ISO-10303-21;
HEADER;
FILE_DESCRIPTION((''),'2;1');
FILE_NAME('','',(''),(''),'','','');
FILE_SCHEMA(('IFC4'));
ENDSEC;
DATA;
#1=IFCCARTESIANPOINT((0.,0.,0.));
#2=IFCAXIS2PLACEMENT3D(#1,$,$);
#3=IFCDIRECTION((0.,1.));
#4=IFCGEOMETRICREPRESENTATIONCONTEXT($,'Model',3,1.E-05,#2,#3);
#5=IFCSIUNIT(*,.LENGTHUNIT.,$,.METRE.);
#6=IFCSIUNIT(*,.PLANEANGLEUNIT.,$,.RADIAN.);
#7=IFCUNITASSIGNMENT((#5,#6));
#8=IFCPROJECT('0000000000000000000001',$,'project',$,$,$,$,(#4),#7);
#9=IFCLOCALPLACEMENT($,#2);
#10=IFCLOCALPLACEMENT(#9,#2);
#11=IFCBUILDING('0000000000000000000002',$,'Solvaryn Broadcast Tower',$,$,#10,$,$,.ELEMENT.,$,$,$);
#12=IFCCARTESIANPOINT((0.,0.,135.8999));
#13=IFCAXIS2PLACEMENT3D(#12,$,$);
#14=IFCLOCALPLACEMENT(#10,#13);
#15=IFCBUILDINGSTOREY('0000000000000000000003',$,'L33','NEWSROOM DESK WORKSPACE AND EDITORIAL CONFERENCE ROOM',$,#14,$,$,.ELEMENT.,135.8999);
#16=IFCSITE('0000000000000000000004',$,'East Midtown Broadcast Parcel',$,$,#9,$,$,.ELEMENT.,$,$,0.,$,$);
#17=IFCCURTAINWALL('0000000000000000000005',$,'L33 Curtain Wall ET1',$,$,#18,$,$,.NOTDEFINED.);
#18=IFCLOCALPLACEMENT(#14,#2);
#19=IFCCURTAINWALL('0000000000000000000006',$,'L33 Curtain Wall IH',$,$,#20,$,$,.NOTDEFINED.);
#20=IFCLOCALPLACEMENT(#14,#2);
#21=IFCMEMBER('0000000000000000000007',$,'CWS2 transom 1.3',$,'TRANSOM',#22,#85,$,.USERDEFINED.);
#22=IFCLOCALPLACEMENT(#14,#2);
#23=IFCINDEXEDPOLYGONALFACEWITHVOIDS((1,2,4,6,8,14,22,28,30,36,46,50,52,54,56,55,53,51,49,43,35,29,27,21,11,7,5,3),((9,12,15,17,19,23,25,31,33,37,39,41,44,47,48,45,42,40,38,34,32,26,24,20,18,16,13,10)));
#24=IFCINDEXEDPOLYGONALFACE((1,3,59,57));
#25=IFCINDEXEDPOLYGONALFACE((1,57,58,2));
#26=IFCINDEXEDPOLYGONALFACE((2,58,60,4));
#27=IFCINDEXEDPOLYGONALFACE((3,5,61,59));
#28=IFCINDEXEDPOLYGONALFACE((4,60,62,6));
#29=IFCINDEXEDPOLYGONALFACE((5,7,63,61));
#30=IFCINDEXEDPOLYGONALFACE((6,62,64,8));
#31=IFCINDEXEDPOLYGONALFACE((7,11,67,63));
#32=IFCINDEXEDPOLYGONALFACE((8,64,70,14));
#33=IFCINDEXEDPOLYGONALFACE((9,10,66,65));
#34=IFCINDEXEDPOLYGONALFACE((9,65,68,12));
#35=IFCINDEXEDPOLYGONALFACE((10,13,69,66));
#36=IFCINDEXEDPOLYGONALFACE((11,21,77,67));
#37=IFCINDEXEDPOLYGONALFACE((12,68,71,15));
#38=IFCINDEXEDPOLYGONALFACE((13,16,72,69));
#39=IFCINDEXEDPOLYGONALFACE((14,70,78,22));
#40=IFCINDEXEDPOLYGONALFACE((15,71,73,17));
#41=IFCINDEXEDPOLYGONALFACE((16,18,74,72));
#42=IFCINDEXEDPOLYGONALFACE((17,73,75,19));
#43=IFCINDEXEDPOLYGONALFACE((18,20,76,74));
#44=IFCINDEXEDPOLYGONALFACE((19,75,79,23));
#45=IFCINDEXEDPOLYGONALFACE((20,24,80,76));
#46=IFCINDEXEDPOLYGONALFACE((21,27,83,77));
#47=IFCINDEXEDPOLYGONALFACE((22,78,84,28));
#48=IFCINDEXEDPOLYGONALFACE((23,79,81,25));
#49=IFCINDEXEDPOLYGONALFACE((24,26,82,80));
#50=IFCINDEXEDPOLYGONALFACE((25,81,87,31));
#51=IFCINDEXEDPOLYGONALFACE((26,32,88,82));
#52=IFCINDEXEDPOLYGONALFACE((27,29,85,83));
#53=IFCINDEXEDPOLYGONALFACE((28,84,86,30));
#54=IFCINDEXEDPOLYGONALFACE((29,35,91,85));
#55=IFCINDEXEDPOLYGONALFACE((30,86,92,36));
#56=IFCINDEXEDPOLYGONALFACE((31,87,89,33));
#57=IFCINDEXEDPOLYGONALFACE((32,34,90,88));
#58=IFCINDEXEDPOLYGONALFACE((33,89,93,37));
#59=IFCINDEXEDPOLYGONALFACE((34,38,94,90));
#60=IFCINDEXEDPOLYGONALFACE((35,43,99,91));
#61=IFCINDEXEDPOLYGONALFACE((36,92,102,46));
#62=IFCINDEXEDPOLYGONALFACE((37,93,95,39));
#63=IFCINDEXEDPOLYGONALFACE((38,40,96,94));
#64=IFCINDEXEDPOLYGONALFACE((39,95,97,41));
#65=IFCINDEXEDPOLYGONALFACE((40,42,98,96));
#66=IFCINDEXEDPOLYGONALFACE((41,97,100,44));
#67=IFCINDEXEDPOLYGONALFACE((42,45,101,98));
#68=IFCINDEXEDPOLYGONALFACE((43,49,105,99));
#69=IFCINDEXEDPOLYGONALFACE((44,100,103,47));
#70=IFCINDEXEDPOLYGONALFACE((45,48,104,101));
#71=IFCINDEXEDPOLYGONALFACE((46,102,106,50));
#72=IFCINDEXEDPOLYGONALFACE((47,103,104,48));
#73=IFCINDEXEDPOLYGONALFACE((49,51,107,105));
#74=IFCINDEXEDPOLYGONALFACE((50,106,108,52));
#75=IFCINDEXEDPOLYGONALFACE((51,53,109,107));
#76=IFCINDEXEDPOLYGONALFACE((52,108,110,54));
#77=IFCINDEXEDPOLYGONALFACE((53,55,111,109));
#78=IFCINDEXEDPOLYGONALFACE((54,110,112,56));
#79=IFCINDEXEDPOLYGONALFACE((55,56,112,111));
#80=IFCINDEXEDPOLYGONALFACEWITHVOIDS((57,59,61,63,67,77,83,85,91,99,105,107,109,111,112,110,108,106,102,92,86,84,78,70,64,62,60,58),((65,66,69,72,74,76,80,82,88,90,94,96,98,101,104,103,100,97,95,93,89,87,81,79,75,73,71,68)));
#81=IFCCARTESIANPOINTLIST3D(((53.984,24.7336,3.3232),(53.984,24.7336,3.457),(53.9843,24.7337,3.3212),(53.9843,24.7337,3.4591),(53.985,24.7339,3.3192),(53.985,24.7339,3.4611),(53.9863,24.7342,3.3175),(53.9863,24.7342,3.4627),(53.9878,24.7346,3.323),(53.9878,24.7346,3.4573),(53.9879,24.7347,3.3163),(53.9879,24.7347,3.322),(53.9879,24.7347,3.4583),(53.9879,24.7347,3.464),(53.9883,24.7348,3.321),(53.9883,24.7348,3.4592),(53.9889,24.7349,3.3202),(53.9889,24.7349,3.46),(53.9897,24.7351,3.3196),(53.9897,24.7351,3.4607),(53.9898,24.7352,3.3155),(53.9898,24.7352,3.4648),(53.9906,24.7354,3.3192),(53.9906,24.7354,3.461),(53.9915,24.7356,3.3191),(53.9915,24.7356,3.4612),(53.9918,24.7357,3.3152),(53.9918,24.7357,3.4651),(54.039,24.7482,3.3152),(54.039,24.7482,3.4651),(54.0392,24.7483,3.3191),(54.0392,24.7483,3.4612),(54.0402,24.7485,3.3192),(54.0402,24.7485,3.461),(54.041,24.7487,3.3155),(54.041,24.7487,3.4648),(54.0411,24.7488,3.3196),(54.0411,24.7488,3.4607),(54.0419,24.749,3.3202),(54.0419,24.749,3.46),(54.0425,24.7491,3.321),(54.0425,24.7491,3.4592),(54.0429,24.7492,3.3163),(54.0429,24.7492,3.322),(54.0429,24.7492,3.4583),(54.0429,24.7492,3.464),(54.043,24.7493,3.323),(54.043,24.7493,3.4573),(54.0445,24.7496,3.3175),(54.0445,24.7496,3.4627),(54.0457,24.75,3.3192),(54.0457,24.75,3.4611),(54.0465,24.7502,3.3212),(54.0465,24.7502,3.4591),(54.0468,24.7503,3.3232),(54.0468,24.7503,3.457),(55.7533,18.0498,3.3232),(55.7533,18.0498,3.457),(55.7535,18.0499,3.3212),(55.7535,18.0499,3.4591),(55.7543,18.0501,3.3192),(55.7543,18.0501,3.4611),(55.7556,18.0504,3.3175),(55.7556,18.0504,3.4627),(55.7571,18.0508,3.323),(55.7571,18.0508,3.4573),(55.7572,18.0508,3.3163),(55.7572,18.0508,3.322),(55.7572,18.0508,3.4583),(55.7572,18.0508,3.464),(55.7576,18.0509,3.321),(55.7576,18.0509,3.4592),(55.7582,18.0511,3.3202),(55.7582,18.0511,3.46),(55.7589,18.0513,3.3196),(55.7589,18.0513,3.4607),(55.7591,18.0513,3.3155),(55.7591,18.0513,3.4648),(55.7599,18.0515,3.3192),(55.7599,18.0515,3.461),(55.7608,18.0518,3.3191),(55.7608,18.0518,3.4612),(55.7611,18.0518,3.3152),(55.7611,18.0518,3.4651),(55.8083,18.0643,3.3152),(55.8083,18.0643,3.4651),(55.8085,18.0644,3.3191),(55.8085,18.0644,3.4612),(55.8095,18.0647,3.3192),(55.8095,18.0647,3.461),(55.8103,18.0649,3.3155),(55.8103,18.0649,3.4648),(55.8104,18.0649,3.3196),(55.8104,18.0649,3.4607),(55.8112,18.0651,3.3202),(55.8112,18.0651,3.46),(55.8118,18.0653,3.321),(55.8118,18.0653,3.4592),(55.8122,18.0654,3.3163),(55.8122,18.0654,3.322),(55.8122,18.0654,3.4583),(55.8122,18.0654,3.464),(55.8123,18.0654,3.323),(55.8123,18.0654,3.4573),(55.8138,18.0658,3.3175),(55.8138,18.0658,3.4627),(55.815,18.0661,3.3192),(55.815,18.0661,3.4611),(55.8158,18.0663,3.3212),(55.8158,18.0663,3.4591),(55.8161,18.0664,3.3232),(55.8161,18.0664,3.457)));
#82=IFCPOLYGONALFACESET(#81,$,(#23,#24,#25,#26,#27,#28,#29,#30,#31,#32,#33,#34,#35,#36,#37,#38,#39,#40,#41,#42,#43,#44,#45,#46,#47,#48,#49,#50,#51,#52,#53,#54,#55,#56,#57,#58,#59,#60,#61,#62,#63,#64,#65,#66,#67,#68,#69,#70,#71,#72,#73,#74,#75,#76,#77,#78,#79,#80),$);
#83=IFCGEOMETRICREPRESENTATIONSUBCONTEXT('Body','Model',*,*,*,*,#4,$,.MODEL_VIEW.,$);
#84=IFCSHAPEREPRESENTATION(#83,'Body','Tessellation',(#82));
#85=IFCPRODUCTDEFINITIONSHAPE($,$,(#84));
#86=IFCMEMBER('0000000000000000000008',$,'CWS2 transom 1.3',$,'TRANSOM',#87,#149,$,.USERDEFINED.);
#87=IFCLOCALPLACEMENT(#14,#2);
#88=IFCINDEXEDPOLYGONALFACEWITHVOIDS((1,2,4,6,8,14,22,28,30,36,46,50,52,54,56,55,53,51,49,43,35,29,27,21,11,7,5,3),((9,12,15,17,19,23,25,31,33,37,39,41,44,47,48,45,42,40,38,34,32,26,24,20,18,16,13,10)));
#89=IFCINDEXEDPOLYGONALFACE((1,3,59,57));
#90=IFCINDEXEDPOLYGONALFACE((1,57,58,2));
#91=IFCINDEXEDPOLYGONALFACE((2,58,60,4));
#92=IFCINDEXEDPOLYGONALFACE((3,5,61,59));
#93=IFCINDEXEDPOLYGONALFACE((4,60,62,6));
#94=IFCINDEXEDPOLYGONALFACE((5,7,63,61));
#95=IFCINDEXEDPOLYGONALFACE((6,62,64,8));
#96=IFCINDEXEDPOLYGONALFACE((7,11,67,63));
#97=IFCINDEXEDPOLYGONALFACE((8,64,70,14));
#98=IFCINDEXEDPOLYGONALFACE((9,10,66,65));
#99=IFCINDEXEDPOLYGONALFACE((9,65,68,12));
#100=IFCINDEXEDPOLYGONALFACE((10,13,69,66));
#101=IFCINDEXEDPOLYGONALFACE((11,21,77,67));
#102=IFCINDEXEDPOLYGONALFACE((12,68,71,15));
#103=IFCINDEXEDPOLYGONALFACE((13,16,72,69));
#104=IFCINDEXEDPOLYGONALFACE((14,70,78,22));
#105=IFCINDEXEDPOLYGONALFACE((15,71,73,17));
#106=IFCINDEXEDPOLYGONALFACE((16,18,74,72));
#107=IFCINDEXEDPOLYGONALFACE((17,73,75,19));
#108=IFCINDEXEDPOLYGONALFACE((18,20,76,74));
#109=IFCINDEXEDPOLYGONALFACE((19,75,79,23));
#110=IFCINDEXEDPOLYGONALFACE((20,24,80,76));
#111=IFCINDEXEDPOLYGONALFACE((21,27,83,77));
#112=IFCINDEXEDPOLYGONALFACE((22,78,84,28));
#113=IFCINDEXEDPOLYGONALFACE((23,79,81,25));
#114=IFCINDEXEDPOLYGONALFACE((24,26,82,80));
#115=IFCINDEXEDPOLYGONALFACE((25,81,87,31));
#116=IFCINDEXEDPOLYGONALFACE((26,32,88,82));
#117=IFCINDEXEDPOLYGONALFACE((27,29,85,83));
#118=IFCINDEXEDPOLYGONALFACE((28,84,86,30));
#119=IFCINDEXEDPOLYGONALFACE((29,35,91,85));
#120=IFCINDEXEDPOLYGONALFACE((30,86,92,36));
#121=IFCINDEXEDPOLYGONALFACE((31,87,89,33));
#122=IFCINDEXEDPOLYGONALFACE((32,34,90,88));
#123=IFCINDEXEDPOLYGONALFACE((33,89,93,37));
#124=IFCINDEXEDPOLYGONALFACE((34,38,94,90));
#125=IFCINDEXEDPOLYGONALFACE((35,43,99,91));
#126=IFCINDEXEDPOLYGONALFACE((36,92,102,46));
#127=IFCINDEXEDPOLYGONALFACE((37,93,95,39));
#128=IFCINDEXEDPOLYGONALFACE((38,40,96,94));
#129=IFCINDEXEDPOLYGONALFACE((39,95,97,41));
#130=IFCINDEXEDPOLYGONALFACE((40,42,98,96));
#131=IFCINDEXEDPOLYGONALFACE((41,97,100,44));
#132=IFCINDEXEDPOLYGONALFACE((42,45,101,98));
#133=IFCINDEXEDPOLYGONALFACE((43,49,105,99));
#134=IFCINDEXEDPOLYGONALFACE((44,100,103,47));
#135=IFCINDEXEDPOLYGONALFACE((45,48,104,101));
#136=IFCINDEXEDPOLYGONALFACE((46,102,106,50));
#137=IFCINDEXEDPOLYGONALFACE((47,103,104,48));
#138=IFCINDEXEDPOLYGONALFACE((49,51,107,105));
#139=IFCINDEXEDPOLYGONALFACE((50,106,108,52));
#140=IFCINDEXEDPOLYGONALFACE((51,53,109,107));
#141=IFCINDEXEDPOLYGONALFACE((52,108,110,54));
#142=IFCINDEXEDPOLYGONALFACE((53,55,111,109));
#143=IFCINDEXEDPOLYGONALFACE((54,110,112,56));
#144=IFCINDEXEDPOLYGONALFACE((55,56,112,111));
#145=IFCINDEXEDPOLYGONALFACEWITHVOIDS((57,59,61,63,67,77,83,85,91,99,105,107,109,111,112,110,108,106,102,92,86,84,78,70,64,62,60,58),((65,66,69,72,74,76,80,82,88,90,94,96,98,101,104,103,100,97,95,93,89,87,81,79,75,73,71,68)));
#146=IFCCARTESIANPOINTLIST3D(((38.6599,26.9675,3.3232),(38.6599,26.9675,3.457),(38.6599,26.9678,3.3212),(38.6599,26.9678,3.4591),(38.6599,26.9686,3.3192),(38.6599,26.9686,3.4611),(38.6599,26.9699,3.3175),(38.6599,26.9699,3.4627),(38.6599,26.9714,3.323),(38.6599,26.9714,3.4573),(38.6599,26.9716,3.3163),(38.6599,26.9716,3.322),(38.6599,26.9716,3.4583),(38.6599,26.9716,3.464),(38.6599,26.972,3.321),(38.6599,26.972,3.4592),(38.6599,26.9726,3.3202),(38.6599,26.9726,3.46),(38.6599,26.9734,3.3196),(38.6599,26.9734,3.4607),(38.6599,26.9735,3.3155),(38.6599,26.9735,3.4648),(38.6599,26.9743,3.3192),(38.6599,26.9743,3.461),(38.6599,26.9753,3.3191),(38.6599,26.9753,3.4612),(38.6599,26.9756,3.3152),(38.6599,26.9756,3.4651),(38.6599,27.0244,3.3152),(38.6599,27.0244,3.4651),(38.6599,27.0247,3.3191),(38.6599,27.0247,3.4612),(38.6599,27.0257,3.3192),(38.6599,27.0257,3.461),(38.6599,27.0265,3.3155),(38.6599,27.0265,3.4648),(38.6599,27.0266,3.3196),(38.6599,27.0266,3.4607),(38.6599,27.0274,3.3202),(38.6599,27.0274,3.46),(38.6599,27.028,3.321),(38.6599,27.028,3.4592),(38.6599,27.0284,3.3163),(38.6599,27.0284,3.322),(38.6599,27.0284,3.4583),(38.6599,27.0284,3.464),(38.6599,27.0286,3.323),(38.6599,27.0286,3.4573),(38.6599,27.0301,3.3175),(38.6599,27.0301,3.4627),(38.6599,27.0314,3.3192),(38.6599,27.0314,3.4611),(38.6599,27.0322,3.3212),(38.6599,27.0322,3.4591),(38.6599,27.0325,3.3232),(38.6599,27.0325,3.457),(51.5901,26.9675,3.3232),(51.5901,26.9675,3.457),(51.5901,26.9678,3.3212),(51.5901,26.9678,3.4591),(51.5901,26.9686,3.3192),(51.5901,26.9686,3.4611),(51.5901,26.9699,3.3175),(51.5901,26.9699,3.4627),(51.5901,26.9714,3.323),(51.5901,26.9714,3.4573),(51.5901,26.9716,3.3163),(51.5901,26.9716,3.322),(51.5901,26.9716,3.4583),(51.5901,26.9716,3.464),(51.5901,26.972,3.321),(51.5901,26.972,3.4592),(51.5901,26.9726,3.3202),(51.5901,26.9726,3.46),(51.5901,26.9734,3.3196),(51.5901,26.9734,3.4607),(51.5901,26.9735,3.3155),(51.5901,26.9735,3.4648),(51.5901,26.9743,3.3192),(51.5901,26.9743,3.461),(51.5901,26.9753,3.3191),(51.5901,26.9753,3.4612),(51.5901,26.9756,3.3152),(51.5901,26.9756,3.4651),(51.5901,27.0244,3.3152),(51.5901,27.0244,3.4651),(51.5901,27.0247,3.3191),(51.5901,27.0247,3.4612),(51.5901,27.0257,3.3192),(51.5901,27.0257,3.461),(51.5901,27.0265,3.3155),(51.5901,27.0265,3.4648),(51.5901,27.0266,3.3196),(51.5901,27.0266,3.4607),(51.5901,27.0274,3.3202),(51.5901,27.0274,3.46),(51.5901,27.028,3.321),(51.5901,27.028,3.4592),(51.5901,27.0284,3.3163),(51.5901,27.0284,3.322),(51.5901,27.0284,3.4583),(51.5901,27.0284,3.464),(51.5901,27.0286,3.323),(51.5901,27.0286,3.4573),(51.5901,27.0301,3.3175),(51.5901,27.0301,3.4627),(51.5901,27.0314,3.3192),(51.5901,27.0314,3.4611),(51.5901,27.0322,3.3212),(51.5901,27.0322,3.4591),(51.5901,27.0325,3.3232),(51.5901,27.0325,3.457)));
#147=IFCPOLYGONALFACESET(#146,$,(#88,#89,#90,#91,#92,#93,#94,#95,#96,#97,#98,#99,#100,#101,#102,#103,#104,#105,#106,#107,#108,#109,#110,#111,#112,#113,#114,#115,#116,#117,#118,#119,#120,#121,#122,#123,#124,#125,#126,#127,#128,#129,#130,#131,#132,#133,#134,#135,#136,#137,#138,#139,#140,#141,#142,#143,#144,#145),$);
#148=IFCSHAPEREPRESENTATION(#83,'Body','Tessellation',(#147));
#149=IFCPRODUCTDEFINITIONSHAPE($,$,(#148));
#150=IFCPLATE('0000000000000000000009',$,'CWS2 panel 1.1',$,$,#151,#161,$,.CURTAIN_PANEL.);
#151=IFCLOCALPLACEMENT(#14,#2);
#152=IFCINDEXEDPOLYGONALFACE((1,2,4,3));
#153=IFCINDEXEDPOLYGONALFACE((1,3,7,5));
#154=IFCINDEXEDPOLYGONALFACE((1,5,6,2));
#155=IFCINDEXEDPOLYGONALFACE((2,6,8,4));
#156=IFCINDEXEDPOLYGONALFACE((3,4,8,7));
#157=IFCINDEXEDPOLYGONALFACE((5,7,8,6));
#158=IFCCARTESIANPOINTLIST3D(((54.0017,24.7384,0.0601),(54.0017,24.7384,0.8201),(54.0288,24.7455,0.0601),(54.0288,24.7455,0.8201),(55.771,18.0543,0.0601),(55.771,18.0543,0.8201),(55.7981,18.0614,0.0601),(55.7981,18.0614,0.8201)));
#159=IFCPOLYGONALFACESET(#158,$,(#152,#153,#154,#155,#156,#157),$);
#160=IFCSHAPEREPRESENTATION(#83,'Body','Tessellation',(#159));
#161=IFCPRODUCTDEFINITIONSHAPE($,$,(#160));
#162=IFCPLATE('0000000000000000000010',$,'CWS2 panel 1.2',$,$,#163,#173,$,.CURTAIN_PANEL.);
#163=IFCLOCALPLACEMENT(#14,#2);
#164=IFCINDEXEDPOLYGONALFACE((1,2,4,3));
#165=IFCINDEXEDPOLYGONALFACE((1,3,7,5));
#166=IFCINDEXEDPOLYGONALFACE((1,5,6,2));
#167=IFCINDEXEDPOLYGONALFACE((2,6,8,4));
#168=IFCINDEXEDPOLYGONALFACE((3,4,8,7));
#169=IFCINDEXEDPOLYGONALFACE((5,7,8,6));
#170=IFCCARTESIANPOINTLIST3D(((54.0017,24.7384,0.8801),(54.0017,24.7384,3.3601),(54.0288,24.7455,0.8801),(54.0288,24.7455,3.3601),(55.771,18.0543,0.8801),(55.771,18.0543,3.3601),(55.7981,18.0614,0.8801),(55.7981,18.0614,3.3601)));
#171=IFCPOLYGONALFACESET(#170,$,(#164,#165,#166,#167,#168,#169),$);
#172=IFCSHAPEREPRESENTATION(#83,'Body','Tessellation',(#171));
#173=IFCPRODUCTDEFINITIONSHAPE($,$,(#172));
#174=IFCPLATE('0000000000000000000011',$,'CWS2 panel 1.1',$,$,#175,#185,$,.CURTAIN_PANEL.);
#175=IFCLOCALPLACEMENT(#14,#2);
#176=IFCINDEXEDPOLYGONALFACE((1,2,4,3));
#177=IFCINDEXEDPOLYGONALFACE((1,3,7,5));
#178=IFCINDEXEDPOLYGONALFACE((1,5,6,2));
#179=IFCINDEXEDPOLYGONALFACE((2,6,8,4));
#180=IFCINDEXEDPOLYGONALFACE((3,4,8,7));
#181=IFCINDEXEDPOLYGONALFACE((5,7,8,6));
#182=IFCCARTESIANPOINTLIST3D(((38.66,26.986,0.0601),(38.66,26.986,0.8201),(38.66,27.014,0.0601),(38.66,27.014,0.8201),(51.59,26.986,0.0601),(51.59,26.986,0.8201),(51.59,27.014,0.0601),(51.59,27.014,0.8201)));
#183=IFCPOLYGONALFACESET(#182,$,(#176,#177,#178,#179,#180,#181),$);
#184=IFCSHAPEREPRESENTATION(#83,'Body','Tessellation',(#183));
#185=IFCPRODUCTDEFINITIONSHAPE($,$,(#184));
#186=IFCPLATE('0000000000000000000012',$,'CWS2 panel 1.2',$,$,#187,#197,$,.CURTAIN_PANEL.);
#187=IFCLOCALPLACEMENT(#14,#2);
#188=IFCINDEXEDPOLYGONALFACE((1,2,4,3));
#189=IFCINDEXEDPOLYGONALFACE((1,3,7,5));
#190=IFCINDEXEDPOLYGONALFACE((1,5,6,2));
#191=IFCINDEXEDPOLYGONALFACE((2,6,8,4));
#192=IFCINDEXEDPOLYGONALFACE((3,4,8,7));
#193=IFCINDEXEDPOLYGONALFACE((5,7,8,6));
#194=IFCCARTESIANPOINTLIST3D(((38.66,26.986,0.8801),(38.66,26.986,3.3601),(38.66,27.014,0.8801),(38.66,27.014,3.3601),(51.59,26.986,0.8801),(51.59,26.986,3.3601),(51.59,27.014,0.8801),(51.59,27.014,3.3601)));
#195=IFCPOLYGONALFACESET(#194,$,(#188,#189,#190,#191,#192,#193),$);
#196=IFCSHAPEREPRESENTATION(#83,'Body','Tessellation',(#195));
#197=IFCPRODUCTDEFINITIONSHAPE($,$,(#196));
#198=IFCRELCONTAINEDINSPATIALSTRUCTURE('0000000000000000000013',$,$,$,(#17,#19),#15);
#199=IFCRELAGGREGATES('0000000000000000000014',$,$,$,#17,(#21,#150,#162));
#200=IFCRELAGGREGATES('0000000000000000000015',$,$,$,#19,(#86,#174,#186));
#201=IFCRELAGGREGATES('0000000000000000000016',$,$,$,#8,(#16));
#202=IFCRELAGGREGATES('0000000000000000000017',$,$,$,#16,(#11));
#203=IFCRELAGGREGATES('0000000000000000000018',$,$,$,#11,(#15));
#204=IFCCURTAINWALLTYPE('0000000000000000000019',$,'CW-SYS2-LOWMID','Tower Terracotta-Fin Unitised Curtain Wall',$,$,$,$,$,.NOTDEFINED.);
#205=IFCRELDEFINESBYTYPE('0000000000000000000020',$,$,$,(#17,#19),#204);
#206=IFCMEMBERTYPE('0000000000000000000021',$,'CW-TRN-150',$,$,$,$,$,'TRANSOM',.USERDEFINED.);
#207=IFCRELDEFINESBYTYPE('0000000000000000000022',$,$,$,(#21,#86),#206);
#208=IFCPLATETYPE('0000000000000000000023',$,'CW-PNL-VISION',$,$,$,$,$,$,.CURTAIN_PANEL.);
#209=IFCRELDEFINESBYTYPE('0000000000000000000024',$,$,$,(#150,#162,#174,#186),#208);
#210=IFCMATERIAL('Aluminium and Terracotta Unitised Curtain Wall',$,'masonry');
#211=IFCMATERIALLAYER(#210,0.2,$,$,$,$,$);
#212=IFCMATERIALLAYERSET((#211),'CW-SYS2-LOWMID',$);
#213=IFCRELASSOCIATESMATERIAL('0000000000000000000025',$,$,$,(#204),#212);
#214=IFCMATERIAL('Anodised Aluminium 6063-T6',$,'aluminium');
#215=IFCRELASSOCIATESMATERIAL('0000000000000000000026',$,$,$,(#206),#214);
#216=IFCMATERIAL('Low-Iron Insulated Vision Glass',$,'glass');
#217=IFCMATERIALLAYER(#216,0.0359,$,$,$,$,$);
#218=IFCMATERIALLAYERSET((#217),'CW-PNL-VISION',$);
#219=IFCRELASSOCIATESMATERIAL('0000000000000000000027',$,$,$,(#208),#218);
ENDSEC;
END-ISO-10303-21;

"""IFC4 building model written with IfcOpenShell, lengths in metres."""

from ifc_helpers import new_model, si_unit, direction, frame, origin, origin_2d, place, context, subcontext, project, spatial, rectangle, hollow_rectangle, extrude, material, layer, layer_set, material_profile, profile_set, type_object, element, aggregate, save


model = new_model("IFC4")

# Units and contexts
model_context = context("Model", 3, precision=1e-05, world=origin(), true_north=direction((0.0, 1.0)))
body_context = subcontext(model_context, "Body", "Model", "MODEL_VIEW")
ifc_project = project(units=[si_unit("LENGTHUNIT", "METRE"), si_unit("PLANEANGLEUNIT", "RADIAN")], contexts=[model_context])

# Site, building, storey
site_placement = place(None, origin())
site = spatial("IfcSite", under=ifc_project, at=site_placement, Name="East Midtown Broadcast Parcel", CompositionType="ELEMENT", RefElevation=0.0)
building_placement = place(site_placement, origin())
building = spatial("IfcBuilding", under=site, at=building_placement, Name="Solvaryn Broadcast Tower", CompositionType="ELEMENT")
storey_placement = place(building_placement, frame((0.0, 0.0, 135.8999)))
storey = spatial("IfcBuildingStorey", under=building, at=storey_placement, Name="L33", Description="NEWSROOM DESK WORKSPACE AND EDITORIAL CONFERENCE ROOM", CompositionType="ELEMENT", Elevation=135.8999)

# Curtain walls
ifc_material_1 = material(Name="Aluminium and Terracotta Unitised Curtain Wall", Category="masonry")
ifc_layer_1 = layer(ifc_material_1, 0.2)
ifc_layer_set_1 = layer_set([ifc_layer_1], Name="CW-SYS2-LOWMID")
curtain_wall_type = type_object("IfcCurtainWallType", Name="CW-SYS2-LOWMID", Description="Tower Terracotta-Fin Unitised Curtain Wall", PredefinedType="NOTDEFINED", material=ifc_layer_set_1)
curtain_wall_1_placement = place(storey_placement, origin())
curtain_wall_1 = element("IfcCurtainWall", 1, at=curtain_wall_1_placement, inside=storey, type_object=curtain_wall_type, Name="L33 Curtain Wall ET1", PredefinedType="NOTDEFINED")
curtain_wall_2_placement = place(storey_placement, origin())
curtain_wall_2 = element("IfcCurtainWall", 2, at=curtain_wall_2_placement, inside=storey, type_object=curtain_wall_type, Name="L33 Curtain Wall IH", PredefinedType="NOTDEFINED")

# Members
ifc_material_2 = material(Name="Anodised Aluminium 6063-T6", Category="aluminium")
ifc_material_profile_1 = material_profile(ifc_material_2, hollow_rectangle(XDim=0.0649, YDim=0.1499, WallThickness=0.0039, InnerFilletRadius=0.0039, OuterFilletRadius=0.0081, at=origin_2d()))
ifc_profile_set_1 = profile_set([ifc_material_profile_1], Name="Anodised Aluminium 6063-T6")
member_type_1 = type_object("IfcMemberType", Name="CW-TRN-150", ElementType="TRANSOM", PredefinedType="USERDEFINED", material=ifc_profile_set_1)
member_1_placement = place(storey_placement, frame((54.0154, 24.7419, 3.3901), z_axis=(0.255897, -0.966704, 0.0), x_axis=(0.966704, 0.255897, 0.0)))
member_1 = element("IfcMember", 3, at=member_1_placement, type_object=member_type_1, Name="CWS2 transom 1.3", ObjectType="TRANSOM", PredefinedType="USERDEFINED", context=body_context, shape_type="SweptSolid", body=[
    extrude(hollow_rectangle(XDim=0.0649, YDim=0.1499, WallThickness=0.0039, InnerFilletRadius=0.0039, OuterFilletRadius=0.0081, at=origin_2d()), origin(), (0.0, 0.0, 1.0), 6.9141),
])
member_2_placement = place(storey_placement, frame((38.6599, 27.0, 3.3901), z_axis=(1.0, 0.0, 0.0), x_axis=(0.0, 1.0, 0.0)))
member_2 = element("IfcMember", 4, at=member_2_placement, type_object=member_type_1, Name="CWS2 transom 1.3", ObjectType="TRANSOM", PredefinedType="USERDEFINED", context=body_context, shape_type="SweptSolid", body=[
    extrude(hollow_rectangle(XDim=0.0649, YDim=0.1499, WallThickness=0.0039, InnerFilletRadius=0.0039, OuterFilletRadius=0.0081, at=origin_2d()), origin(), (0.0, 0.0, 1.0), 12.9302),
])

# Plates
ifc_material_3 = material(Name="Low-Iron Insulated Vision Glass", Category="glass")
ifc_layer_2 = layer(ifc_material_3, 0.0359)
ifc_layer_set_2 = layer_set([ifc_layer_2], Name="CW-PNL-VISION")
plate_type = type_object("IfcPlateType", Name="CW-PNL-VISION", PredefinedType="CURTAIN_PANEL", material=ifc_layer_set_2)
plate_1_placement = place(storey_placement, frame((54.8999, 21.3999, 0.0601), z_axis=(0.0, 0.0, 1.0), x_axis=(0.255893, -0.966705, 0.0)))
plate_1 = element("IfcPlate", 5, at=plate_1_placement, type_object=plate_type, Name="CWS2 panel 1.1", PredefinedType="CURTAIN_PANEL", context=body_context, shape_type="SweptSolid", body=[
    extrude(rectangle(XDim=6.9143, YDim=0.0281, at=origin_2d()), origin(), (0.0, 0.0, 1.0), 0.76),
])
plate_2_placement = place(storey_placement, frame((54.8999, 21.3999, 0.8801), z_axis=(0.0, 0.0, 1.0), x_axis=(0.255893, -0.966705, 0.0)))
plate_2 = element("IfcPlate", 6, at=plate_2_placement, type_object=plate_type, Name="CWS2 panel 1.2", PredefinedType="CURTAIN_PANEL", context=body_context, shape_type="SweptSolid", body=[
    extrude(rectangle(XDim=6.9143, YDim=0.0281, at=origin_2d()), origin(), (0.0, 0.0, 1.0), 2.48),
])
aggregate(curtain_wall_1, [member_1, plate_1, plate_2])
plate_3_placement = place(storey_placement, frame((45.125, 27.0, 0.0601), z_axis=(0.0, 0.0, 1.0), x_axis=(1.0, 0.0, 0.0)))
plate_3 = element("IfcPlate", 7, at=plate_3_placement, type_object=plate_type, Name="CWS2 panel 1.1", PredefinedType="CURTAIN_PANEL", context=body_context, shape_type="SweptSolid", body=[
    extrude(rectangle(XDim=12.9299, YDim=0.0281, at=origin_2d()), origin(), (0.0, 0.0, 1.0), 0.76),
])
plate_4_placement = place(storey_placement, frame((45.125, 27.0, 0.8801), z_axis=(0.0, 0.0, 1.0), x_axis=(1.0, 0.0, 0.0)))
plate_4 = element("IfcPlate", 8, at=plate_4_placement, type_object=plate_type, Name="CWS2 panel 1.2", PredefinedType="CURTAIN_PANEL", context=body_context, shape_type="SweptSolid", body=[
    extrude(rectangle(XDim=12.9299, YDim=0.0281, at=origin_2d()), origin(), (0.0, 0.0, 1.0), 2.48),
])
aggregate(curtain_wall_2, [member_2, plate_3, plate_4])

save(model, "model.ifc")
